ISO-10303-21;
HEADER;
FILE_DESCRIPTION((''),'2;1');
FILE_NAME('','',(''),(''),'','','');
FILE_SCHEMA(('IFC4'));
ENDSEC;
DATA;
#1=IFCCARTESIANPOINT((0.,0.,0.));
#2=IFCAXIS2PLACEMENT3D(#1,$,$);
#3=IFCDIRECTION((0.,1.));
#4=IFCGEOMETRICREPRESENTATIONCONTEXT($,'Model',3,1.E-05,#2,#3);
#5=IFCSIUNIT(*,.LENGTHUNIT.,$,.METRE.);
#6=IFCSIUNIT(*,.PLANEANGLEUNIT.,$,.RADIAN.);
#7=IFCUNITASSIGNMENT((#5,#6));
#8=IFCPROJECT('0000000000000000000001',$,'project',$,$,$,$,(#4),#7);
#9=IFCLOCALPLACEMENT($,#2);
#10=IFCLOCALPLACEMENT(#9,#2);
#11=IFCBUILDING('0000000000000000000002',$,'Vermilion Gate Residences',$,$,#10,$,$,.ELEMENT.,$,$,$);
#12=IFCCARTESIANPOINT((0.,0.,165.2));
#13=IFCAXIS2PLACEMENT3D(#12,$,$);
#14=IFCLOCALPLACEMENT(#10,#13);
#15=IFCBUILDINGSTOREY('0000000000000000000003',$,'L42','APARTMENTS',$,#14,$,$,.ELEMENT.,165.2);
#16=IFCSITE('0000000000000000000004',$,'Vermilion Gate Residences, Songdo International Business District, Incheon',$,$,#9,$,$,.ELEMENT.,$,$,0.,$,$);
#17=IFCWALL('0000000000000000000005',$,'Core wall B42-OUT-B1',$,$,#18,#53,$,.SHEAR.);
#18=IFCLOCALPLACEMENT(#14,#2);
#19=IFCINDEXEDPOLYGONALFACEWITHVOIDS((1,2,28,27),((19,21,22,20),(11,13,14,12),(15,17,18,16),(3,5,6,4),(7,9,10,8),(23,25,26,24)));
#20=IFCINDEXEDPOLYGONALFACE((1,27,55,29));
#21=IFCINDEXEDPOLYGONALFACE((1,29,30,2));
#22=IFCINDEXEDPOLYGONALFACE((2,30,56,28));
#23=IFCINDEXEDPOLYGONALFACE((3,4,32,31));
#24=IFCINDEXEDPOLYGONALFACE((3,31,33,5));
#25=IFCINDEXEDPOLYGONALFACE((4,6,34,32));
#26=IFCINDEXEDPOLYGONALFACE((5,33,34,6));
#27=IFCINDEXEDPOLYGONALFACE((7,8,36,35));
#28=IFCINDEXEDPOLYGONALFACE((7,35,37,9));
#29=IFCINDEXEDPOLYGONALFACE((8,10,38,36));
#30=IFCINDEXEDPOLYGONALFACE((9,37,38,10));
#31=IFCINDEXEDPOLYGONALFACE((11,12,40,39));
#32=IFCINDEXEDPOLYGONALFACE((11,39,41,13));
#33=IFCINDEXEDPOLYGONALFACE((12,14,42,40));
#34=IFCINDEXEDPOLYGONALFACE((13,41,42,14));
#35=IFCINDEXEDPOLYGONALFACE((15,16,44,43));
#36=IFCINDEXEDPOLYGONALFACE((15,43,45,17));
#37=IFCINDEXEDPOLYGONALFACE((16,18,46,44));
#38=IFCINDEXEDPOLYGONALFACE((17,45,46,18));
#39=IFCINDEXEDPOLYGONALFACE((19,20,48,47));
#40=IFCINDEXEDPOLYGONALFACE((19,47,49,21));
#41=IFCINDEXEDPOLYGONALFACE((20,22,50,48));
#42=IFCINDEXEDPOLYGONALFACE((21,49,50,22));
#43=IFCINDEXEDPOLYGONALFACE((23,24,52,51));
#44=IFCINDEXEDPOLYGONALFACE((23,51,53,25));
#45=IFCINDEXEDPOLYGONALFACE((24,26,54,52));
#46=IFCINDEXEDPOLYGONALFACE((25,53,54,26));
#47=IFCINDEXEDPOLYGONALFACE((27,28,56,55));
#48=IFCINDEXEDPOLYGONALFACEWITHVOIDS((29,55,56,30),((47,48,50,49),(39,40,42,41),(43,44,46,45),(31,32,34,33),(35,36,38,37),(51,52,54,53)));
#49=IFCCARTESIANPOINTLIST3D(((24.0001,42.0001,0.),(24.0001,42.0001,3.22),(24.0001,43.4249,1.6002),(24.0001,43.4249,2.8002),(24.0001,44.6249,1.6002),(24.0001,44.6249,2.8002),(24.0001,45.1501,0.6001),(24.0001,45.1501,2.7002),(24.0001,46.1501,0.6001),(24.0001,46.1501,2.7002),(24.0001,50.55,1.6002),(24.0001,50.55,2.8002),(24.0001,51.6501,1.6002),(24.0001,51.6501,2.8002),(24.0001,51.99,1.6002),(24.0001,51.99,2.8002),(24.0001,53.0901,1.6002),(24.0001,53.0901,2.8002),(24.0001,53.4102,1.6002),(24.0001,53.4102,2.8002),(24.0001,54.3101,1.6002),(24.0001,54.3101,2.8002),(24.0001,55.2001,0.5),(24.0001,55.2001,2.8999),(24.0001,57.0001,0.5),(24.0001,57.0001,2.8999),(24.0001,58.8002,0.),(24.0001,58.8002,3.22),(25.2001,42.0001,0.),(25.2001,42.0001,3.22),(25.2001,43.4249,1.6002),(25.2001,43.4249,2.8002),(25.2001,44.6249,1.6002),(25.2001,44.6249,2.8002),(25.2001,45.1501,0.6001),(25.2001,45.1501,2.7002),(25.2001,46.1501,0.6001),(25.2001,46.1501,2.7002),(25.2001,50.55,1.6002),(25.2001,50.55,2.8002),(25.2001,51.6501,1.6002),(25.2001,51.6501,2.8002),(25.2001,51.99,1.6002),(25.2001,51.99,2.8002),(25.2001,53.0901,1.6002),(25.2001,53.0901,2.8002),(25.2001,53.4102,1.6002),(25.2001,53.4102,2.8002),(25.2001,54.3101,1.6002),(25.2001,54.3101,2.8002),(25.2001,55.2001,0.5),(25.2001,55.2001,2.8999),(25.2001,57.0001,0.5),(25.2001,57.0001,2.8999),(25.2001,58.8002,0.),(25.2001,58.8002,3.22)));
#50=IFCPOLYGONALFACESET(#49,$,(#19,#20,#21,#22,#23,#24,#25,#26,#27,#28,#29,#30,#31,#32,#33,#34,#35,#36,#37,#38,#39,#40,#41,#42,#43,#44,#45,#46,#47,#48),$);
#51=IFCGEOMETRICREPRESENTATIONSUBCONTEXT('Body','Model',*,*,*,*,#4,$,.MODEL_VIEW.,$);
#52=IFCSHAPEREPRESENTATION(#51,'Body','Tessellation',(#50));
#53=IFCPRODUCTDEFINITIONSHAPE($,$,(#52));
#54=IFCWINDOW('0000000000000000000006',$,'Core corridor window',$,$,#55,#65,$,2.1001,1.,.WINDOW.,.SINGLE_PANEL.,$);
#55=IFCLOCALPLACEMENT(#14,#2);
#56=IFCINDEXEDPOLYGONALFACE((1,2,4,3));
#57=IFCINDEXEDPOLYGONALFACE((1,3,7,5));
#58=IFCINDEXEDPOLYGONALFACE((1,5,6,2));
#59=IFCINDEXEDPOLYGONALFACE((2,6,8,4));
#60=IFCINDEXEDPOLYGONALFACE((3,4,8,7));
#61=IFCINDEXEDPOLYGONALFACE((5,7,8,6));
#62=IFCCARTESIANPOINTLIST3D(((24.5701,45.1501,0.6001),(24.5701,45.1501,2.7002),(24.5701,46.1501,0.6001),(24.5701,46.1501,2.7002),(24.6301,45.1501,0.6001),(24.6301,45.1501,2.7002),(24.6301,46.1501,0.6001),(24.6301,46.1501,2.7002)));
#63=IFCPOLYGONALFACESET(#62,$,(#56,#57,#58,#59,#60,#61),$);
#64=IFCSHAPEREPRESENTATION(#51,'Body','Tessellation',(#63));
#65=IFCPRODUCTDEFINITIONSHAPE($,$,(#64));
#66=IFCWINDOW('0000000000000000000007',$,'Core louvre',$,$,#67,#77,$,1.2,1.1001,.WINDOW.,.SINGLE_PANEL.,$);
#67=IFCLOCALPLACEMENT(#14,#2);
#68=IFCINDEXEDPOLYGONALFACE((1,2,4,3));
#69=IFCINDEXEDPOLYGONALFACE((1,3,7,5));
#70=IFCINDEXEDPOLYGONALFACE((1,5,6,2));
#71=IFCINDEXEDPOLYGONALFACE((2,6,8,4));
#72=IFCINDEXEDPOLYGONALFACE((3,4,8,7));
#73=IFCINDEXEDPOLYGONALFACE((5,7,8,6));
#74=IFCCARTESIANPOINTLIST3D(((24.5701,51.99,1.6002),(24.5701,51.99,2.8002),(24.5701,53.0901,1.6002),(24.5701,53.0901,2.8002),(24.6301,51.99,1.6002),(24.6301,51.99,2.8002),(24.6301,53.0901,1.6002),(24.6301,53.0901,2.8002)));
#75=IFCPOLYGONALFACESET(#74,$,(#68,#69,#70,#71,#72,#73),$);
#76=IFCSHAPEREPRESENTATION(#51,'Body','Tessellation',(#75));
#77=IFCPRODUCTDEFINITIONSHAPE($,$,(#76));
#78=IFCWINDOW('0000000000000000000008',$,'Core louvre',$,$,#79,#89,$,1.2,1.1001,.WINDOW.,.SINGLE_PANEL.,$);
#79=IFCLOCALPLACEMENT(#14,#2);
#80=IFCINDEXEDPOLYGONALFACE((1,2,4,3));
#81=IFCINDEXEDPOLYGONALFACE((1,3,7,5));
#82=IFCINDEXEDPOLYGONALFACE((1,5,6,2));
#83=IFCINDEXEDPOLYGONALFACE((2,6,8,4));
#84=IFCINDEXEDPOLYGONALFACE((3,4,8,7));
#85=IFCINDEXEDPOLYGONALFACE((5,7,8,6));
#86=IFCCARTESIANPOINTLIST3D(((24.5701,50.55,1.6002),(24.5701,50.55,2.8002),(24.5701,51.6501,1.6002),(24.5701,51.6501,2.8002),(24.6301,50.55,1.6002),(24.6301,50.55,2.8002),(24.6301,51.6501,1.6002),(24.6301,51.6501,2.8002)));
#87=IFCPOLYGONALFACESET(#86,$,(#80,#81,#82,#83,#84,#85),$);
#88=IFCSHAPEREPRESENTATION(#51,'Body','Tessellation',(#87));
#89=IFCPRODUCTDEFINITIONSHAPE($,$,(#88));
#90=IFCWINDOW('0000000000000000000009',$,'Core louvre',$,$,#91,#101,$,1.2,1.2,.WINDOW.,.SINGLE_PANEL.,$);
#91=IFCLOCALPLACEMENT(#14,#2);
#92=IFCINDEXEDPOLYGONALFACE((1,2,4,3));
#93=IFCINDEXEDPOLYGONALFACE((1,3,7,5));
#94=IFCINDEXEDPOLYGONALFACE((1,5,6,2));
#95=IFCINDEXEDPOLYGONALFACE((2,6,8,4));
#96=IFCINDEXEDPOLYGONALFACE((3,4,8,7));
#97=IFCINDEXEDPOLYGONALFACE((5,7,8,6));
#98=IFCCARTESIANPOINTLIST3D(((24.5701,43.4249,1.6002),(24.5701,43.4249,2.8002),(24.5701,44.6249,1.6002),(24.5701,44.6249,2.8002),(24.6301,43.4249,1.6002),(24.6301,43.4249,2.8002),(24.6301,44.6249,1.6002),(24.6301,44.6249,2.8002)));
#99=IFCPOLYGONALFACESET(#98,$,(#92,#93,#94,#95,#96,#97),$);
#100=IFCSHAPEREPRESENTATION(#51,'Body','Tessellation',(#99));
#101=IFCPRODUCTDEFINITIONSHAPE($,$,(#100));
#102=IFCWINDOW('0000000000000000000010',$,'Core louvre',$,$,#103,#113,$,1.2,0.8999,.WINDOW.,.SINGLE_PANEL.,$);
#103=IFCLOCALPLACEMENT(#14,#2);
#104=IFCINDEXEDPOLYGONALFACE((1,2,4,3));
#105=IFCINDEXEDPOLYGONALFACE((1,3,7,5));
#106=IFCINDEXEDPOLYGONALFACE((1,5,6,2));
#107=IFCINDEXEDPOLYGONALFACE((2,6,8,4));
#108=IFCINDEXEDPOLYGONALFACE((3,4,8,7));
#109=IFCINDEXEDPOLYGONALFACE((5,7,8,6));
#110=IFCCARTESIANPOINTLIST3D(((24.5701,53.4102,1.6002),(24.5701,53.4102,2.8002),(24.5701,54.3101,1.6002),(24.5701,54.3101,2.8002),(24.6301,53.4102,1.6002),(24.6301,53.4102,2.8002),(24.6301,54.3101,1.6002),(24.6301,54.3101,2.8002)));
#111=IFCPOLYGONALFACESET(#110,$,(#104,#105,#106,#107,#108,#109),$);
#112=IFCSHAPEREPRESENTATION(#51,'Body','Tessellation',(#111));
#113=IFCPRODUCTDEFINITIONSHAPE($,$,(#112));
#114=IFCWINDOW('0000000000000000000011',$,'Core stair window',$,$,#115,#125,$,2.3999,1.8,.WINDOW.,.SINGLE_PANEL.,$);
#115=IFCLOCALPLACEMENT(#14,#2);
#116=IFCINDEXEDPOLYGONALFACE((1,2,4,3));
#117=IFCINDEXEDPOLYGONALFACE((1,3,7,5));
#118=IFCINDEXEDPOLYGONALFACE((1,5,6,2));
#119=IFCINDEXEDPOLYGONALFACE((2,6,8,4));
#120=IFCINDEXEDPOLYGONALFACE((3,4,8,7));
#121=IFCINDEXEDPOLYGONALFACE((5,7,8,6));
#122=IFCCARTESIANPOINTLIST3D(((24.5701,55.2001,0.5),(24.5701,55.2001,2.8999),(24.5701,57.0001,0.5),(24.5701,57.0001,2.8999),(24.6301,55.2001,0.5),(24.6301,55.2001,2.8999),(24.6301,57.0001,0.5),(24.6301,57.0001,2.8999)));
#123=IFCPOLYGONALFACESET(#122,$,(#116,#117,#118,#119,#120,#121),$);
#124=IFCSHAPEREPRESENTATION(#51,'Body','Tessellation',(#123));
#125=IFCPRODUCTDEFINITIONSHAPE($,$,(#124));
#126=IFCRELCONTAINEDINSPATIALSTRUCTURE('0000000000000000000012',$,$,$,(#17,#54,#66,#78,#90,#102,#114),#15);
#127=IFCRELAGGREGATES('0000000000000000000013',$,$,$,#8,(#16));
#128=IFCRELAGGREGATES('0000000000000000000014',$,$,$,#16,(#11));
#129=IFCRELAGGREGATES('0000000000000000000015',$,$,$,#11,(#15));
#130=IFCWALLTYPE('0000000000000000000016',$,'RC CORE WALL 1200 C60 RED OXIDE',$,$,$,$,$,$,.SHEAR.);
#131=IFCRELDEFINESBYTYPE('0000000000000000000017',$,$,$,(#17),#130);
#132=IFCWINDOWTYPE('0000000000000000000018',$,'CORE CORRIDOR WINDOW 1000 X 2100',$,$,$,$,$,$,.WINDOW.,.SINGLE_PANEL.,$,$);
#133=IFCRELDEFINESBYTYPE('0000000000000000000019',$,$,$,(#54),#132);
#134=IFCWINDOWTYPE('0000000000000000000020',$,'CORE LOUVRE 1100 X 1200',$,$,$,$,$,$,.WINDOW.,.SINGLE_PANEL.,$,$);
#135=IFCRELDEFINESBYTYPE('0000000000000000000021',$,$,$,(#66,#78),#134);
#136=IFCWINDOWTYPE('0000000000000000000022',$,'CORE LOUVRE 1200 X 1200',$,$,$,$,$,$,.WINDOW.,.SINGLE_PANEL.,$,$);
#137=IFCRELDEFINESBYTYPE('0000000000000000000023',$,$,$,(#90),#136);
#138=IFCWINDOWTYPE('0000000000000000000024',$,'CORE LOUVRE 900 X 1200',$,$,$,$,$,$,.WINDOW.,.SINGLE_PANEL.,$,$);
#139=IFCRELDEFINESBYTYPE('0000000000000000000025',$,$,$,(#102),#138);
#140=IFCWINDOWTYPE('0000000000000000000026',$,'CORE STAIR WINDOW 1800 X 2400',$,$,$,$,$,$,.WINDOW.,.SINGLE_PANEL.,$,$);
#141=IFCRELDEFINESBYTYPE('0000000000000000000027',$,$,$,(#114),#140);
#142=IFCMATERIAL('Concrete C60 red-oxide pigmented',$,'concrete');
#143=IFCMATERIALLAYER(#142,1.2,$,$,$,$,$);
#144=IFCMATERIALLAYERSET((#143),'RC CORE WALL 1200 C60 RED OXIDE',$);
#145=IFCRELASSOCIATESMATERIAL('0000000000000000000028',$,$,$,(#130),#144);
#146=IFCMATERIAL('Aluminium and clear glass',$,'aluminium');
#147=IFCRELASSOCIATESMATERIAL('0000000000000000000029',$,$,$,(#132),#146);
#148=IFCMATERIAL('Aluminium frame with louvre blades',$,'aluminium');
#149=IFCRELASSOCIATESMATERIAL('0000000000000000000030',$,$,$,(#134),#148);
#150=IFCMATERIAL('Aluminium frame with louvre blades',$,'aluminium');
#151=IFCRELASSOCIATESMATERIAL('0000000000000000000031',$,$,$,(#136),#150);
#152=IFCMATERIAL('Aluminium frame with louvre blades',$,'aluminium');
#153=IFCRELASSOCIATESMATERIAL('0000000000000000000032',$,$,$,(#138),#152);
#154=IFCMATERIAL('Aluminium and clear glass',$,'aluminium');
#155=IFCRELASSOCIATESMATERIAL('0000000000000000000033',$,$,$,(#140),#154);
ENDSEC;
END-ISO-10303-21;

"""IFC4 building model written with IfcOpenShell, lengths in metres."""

from ifc_helpers import new_model, si_unit, direction, frame, frame_2d, origin, place, context, subcontext, project, spatial, rectangle, extrude, material, layer, layer_set, type_object, element, fill, save


model = new_model("IFC4")

# Units and contexts
model_context = context("Model", 3, precision=1e-05, world=origin(), true_north=direction((0.0, 1.0)))
body_context = subcontext(model_context, "Body", "Model", "MODEL_VIEW")
ifc_project = project(units=[si_unit("LENGTHUNIT", "METRE"), si_unit("PLANEANGLEUNIT", "RADIAN")], contexts=[model_context])

# Site, building, storey
site_placement = place(None, origin())
site = spatial("IfcSite", under=ifc_project, at=site_placement, Name="Vermilion Gate Residences, Songdo International Business District, Incheon", CompositionType="ELEMENT", RefElevation=0.0)
building_placement = place(site_placement, origin())
building = spatial("IfcBuilding", under=site, at=building_placement, Name="Vermilion Gate Residences", CompositionType="ELEMENT")
storey_placement = place(building_placement, frame((0.0, 0.0, 165.2)))
storey = spatial("IfcBuildingStorey", under=building, at=storey_placement, Name="L42", Description="APARTMENTS", CompositionType="ELEMENT", Elevation=165.2)

# Wall, openings, windows
ifc_material_1 = material(Name="Concrete C60 red-oxide pigmented", Category="concrete")
ifc_layer_1 = layer(ifc_material_1, 1.2)
ifc_layer_set_1 = layer_set([ifc_layer_1], Name="RC CORE WALL 1200 C60 RED OXIDE")
wall_type_1 = type_object("IfcWallType", Name="RC CORE WALL 1200 C60 RED OXIDE", PredefinedType="SHEAR", material=ifc_layer_set_1)
wall_1_placement = place(storey_placement, frame((24.6001, 58.8, 0.0), z_axis=(0.0, 0.0, 1.0), x_axis=(0.0, -1.0, 0.0)))
wall_1 = element("IfcWall", 1, at=wall_1_placement, inside=storey, type_object=wall_type_1, Name="Core wall B42-OUT-B1", PredefinedType="SHEAR", context=body_context, shape_type="SweptSolid", body=[
    extrude(rectangle(XDim=16.8, YDim=1.2, at=frame_2d((8.3999, 0.0))), origin(), (0.0, 0.0, 1.0), 3.22),
])
opening_1_placement = place(wall_1_placement, frame((1.8, 0.0, 0.5)))
opening_1 = element("IfcOpeningElement", 2, at=opening_1_placement, cuts=wall_1, PredefinedType="OPENING", context=body_context, shape_type="SweptSolid", body=[
    extrude(rectangle(XDim=1.8, YDim=2.3999, at=frame_2d((0.8999, 1.2))), frame((0.0, 0.6099, 0.0), z_axis=(0.0, -1.0, 0.0), x_axis=(1.0, 0.0, 0.0)), (0.0, 0.0, 1.0), 1.22),
])
opening_2_placement = place(wall_1_placement, frame((4.49, 0.0, 1.6001)))
opening_2 = element("IfcOpeningElement", 3, at=opening_2_placement, cuts=wall_1, PredefinedType="OPENING", context=body_context, shape_type="SweptSolid", body=[
    extrude(rectangle(XDim=0.8999, YDim=1.2, at=frame_2d((0.45, 0.6001))), frame((0.0, 0.6099, 0.0), z_axis=(0.0, -1.0, 0.0), x_axis=(1.0, 0.0, 0.0)), (0.0, 0.0, 1.0), 1.22),
])
opening_3_placement = place(wall_1_placement, frame((5.71, 0.0, 1.6001)))
opening_3 = element("IfcOpeningElement", 4, at=opening_3_placement, cuts=wall_1, PredefinedType="OPENING", context=body_context, shape_type="SweptSolid", body=[
    extrude(rectangle(XDim=1.1001, YDim=1.2, at=frame_2d((0.55, 0.6001))), frame((0.0, 0.6099, 0.0), z_axis=(0.0, -1.0, 0.0), x_axis=(1.0, 0.0, 0.0)), (0.0, 0.0, 1.0), 1.22),
])
opening_4_placement = place(wall_1_placement, frame((7.1499, 0.0, 1.6001)))
opening_4 = element("IfcOpeningElement", 5, at=opening_4_placement, cuts=wall_1, PredefinedType="OPENING", context=body_context, shape_type="SweptSolid", body=[
    extrude(rectangle(XDim=1.1001, YDim=1.2, at=frame_2d((0.55, 0.6001))), frame((0.0, 0.6099, 0.0), z_axis=(0.0, -1.0, 0.0), x_axis=(1.0, 0.0, 0.0)), (0.0, 0.0, 1.0), 1.22),
])
opening_5_placement = place(wall_1_placement, frame((12.6499, 0.0, 0.6001)))
opening_5 = element("IfcOpeningElement", 6, at=opening_5_placement, cuts=wall_1, PredefinedType="OPENING", context=body_context, shape_type="SweptSolid", body=[
    extrude(rectangle(XDim=1.0, YDim=2.1001, at=frame_2d((0.5, 1.05))), frame((0.0, 0.6099, 0.0), z_axis=(0.0, -1.0, 0.0), x_axis=(1.0, 0.0, 0.0)), (0.0, 0.0, 1.0), 1.22),
])
opening_6_placement = place(wall_1_placement, frame((14.175, 0.0, 1.6001)))
opening_6 = element("IfcOpeningElement", 7, at=opening_6_placement, cuts=wall_1, PredefinedType="OPENING", context=body_context, shape_type="SweptSolid", body=[
    extrude(rectangle(XDim=1.2, YDim=1.2, at=frame_2d((0.6001, 0.6001))), frame((0.0, 0.6099, 0.0), z_axis=(0.0, -1.0, 0.0), x_axis=(1.0, 0.0, 0.0)), (0.0, 0.0, 1.0), 1.22),
])
ifc_material_2 = material(Name="Aluminium and clear glass", Category="aluminium")
window_type_1 = type_object("IfcWindowType", Name="CORE CORRIDOR WINDOW 1000 X 2100", PartitioningType="SINGLE_PANEL", PredefinedType="WINDOW", material=ifc_material_2)
window_1_placement = place(opening_5_placement, origin())
window_1 = element("IfcWindow", 8, at=window_1_placement, inside=storey, type_object=window_type_1, Name="Core corridor window", OverallHeight=2.1001, OverallWidth=1.0, PartitioningType="SINGLE_PANEL", PredefinedType="WINDOW", context=body_context, shape_type="SweptSolid", body=[
    extrude(rectangle(XDim=1.0, YDim=2.1001, at=frame_2d((0.5, 1.05))), frame((0.0, 0.03, 0.0), z_axis=(0.0, -1.0, 0.0), x_axis=(1.0, 0.0, 0.0)), (0.0, 0.0, 1.0), 0.0601),
])
fill(opening_5, window_1)
ifc_material_3 = material(Name="Aluminium frame with louvre blades", Category="aluminium")
window_type_2 = type_object("IfcWindowType", Name="CORE LOUVRE 1100 X 1200", PartitioningType="SINGLE_PANEL", PredefinedType="WINDOW", material=ifc_material_3)
window_2_placement = place(opening_3_placement, origin())
window_2 = element("IfcWindow", 9, at=window_2_placement, inside=storey, type_object=window_type_2, Name="Core louvre", OverallHeight=1.2, OverallWidth=1.1001, PartitioningType="SINGLE_PANEL", PredefinedType="WINDOW", context=body_context, shape_type="SweptSolid", body=[
    extrude(rectangle(XDim=1.1001, YDim=1.2, at=frame_2d((0.55, 0.6001))), frame((0.0, 0.03, 0.0), z_axis=(0.0, -1.0, 0.0), x_axis=(1.0, 0.0, 0.0)), (0.0, 0.0, 1.0), 0.0601),
])
fill(opening_3, window_2)
window_3_placement = place(opening_4_placement, origin())
window_3 = element("IfcWindow", 10, at=window_3_placement, inside=storey, type_object=window_type_2, Name="Core louvre", OverallHeight=1.2, OverallWidth=1.1001, PartitioningType="SINGLE_PANEL", PredefinedType="WINDOW", context=body_context, shape_type="SweptSolid", body=[
    extrude(rectangle(XDim=1.1001, YDim=1.2, at=frame_2d((0.55, 0.6001))), frame((0.0, 0.03, 0.0), z_axis=(0.0, -1.0, 0.0), x_axis=(1.0, 0.0, 0.0)), (0.0, 0.0, 1.0), 0.0601),
])
fill(opening_4, window_3)
ifc_material_4 = material(Name="Aluminium frame with louvre blades", Category="aluminium")
window_type_3 = type_object("IfcWindowType", Name="CORE LOUVRE 1200 X 1200", PartitioningType="SINGLE_PANEL", PredefinedType="WINDOW", material=ifc_material_4)
window_4_placement = place(opening_6_placement, origin())
window_4 = element("IfcWindow", 11, at=window_4_placement, inside=storey, type_object=window_type_3, Name="Core louvre", OverallHeight=1.2, OverallWidth=1.2, PartitioningType="SINGLE_PANEL", PredefinedType="WINDOW", context=body_context, shape_type="SweptSolid", body=[
    extrude(rectangle(XDim=1.2, YDim=1.2, at=frame_2d((0.6001, 0.6001))), frame((0.0, 0.03, 0.0), z_axis=(0.0, -1.0, 0.0), x_axis=(1.0, 0.0, 0.0)), (0.0, 0.0, 1.0), 0.0601),
])
fill(opening_6, window_4)
ifc_material_5 = material(Name="Aluminium frame with louvre blades", Category="aluminium")
window_type_4 = type_object("IfcWindowType", Name="CORE LOUVRE 900 X 1200", PartitioningType="SINGLE_PANEL", PredefinedType="WINDOW", material=ifc_material_5)
window_5_placement = place(opening_2_placement, origin())
window_5 = element("IfcWindow", 12, at=window_5_placement, inside=storey, type_object=window_type_4, Name="Core louvre", OverallHeight=1.2, OverallWidth=0.8999, PartitioningType="SINGLE_PANEL", PredefinedType="WINDOW", context=body_context, shape_type="SweptSolid", body=[
    extrude(rectangle(XDim=0.8999, YDim=1.2, at=frame_2d((0.45, 0.6001))), frame((0.0, 0.03, 0.0), z_axis=(0.0, -1.0, 0.0), x_axis=(1.0, 0.0, 0.0)), (0.0, 0.0, 1.0), 0.0601),
])
fill(opening_2, window_5)
ifc_material_6 = material(Name="Aluminium and clear glass", Category="aluminium")
window_type_5 = type_object("IfcWindowType", Name="CORE STAIR WINDOW 1800 X 2400", PartitioningType="SINGLE_PANEL", PredefinedType="WINDOW", material=ifc_material_6)
window_6_placement = place(opening_1_placement, origin())
window_6 = element("IfcWindow", 13, at=window_6_placement, inside=storey, type_object=window_type_5, Name="Core stair window", OverallHeight=2.3999, OverallWidth=1.8, PartitioningType="SINGLE_PANEL", PredefinedType="WINDOW", context=body_context, shape_type="SweptSolid", body=[
    extrude(rectangle(XDim=1.8, YDim=2.3999, at=frame_2d((0.8999, 1.2))), frame((0.0, 0.03, 0.0), z_axis=(0.0, -1.0, 0.0), x_axis=(1.0, 0.0, 0.0)), (0.0, 0.0, 1.0), 0.0601),
])
fill(opening_1, window_6)

save(model, "model.ifc")
